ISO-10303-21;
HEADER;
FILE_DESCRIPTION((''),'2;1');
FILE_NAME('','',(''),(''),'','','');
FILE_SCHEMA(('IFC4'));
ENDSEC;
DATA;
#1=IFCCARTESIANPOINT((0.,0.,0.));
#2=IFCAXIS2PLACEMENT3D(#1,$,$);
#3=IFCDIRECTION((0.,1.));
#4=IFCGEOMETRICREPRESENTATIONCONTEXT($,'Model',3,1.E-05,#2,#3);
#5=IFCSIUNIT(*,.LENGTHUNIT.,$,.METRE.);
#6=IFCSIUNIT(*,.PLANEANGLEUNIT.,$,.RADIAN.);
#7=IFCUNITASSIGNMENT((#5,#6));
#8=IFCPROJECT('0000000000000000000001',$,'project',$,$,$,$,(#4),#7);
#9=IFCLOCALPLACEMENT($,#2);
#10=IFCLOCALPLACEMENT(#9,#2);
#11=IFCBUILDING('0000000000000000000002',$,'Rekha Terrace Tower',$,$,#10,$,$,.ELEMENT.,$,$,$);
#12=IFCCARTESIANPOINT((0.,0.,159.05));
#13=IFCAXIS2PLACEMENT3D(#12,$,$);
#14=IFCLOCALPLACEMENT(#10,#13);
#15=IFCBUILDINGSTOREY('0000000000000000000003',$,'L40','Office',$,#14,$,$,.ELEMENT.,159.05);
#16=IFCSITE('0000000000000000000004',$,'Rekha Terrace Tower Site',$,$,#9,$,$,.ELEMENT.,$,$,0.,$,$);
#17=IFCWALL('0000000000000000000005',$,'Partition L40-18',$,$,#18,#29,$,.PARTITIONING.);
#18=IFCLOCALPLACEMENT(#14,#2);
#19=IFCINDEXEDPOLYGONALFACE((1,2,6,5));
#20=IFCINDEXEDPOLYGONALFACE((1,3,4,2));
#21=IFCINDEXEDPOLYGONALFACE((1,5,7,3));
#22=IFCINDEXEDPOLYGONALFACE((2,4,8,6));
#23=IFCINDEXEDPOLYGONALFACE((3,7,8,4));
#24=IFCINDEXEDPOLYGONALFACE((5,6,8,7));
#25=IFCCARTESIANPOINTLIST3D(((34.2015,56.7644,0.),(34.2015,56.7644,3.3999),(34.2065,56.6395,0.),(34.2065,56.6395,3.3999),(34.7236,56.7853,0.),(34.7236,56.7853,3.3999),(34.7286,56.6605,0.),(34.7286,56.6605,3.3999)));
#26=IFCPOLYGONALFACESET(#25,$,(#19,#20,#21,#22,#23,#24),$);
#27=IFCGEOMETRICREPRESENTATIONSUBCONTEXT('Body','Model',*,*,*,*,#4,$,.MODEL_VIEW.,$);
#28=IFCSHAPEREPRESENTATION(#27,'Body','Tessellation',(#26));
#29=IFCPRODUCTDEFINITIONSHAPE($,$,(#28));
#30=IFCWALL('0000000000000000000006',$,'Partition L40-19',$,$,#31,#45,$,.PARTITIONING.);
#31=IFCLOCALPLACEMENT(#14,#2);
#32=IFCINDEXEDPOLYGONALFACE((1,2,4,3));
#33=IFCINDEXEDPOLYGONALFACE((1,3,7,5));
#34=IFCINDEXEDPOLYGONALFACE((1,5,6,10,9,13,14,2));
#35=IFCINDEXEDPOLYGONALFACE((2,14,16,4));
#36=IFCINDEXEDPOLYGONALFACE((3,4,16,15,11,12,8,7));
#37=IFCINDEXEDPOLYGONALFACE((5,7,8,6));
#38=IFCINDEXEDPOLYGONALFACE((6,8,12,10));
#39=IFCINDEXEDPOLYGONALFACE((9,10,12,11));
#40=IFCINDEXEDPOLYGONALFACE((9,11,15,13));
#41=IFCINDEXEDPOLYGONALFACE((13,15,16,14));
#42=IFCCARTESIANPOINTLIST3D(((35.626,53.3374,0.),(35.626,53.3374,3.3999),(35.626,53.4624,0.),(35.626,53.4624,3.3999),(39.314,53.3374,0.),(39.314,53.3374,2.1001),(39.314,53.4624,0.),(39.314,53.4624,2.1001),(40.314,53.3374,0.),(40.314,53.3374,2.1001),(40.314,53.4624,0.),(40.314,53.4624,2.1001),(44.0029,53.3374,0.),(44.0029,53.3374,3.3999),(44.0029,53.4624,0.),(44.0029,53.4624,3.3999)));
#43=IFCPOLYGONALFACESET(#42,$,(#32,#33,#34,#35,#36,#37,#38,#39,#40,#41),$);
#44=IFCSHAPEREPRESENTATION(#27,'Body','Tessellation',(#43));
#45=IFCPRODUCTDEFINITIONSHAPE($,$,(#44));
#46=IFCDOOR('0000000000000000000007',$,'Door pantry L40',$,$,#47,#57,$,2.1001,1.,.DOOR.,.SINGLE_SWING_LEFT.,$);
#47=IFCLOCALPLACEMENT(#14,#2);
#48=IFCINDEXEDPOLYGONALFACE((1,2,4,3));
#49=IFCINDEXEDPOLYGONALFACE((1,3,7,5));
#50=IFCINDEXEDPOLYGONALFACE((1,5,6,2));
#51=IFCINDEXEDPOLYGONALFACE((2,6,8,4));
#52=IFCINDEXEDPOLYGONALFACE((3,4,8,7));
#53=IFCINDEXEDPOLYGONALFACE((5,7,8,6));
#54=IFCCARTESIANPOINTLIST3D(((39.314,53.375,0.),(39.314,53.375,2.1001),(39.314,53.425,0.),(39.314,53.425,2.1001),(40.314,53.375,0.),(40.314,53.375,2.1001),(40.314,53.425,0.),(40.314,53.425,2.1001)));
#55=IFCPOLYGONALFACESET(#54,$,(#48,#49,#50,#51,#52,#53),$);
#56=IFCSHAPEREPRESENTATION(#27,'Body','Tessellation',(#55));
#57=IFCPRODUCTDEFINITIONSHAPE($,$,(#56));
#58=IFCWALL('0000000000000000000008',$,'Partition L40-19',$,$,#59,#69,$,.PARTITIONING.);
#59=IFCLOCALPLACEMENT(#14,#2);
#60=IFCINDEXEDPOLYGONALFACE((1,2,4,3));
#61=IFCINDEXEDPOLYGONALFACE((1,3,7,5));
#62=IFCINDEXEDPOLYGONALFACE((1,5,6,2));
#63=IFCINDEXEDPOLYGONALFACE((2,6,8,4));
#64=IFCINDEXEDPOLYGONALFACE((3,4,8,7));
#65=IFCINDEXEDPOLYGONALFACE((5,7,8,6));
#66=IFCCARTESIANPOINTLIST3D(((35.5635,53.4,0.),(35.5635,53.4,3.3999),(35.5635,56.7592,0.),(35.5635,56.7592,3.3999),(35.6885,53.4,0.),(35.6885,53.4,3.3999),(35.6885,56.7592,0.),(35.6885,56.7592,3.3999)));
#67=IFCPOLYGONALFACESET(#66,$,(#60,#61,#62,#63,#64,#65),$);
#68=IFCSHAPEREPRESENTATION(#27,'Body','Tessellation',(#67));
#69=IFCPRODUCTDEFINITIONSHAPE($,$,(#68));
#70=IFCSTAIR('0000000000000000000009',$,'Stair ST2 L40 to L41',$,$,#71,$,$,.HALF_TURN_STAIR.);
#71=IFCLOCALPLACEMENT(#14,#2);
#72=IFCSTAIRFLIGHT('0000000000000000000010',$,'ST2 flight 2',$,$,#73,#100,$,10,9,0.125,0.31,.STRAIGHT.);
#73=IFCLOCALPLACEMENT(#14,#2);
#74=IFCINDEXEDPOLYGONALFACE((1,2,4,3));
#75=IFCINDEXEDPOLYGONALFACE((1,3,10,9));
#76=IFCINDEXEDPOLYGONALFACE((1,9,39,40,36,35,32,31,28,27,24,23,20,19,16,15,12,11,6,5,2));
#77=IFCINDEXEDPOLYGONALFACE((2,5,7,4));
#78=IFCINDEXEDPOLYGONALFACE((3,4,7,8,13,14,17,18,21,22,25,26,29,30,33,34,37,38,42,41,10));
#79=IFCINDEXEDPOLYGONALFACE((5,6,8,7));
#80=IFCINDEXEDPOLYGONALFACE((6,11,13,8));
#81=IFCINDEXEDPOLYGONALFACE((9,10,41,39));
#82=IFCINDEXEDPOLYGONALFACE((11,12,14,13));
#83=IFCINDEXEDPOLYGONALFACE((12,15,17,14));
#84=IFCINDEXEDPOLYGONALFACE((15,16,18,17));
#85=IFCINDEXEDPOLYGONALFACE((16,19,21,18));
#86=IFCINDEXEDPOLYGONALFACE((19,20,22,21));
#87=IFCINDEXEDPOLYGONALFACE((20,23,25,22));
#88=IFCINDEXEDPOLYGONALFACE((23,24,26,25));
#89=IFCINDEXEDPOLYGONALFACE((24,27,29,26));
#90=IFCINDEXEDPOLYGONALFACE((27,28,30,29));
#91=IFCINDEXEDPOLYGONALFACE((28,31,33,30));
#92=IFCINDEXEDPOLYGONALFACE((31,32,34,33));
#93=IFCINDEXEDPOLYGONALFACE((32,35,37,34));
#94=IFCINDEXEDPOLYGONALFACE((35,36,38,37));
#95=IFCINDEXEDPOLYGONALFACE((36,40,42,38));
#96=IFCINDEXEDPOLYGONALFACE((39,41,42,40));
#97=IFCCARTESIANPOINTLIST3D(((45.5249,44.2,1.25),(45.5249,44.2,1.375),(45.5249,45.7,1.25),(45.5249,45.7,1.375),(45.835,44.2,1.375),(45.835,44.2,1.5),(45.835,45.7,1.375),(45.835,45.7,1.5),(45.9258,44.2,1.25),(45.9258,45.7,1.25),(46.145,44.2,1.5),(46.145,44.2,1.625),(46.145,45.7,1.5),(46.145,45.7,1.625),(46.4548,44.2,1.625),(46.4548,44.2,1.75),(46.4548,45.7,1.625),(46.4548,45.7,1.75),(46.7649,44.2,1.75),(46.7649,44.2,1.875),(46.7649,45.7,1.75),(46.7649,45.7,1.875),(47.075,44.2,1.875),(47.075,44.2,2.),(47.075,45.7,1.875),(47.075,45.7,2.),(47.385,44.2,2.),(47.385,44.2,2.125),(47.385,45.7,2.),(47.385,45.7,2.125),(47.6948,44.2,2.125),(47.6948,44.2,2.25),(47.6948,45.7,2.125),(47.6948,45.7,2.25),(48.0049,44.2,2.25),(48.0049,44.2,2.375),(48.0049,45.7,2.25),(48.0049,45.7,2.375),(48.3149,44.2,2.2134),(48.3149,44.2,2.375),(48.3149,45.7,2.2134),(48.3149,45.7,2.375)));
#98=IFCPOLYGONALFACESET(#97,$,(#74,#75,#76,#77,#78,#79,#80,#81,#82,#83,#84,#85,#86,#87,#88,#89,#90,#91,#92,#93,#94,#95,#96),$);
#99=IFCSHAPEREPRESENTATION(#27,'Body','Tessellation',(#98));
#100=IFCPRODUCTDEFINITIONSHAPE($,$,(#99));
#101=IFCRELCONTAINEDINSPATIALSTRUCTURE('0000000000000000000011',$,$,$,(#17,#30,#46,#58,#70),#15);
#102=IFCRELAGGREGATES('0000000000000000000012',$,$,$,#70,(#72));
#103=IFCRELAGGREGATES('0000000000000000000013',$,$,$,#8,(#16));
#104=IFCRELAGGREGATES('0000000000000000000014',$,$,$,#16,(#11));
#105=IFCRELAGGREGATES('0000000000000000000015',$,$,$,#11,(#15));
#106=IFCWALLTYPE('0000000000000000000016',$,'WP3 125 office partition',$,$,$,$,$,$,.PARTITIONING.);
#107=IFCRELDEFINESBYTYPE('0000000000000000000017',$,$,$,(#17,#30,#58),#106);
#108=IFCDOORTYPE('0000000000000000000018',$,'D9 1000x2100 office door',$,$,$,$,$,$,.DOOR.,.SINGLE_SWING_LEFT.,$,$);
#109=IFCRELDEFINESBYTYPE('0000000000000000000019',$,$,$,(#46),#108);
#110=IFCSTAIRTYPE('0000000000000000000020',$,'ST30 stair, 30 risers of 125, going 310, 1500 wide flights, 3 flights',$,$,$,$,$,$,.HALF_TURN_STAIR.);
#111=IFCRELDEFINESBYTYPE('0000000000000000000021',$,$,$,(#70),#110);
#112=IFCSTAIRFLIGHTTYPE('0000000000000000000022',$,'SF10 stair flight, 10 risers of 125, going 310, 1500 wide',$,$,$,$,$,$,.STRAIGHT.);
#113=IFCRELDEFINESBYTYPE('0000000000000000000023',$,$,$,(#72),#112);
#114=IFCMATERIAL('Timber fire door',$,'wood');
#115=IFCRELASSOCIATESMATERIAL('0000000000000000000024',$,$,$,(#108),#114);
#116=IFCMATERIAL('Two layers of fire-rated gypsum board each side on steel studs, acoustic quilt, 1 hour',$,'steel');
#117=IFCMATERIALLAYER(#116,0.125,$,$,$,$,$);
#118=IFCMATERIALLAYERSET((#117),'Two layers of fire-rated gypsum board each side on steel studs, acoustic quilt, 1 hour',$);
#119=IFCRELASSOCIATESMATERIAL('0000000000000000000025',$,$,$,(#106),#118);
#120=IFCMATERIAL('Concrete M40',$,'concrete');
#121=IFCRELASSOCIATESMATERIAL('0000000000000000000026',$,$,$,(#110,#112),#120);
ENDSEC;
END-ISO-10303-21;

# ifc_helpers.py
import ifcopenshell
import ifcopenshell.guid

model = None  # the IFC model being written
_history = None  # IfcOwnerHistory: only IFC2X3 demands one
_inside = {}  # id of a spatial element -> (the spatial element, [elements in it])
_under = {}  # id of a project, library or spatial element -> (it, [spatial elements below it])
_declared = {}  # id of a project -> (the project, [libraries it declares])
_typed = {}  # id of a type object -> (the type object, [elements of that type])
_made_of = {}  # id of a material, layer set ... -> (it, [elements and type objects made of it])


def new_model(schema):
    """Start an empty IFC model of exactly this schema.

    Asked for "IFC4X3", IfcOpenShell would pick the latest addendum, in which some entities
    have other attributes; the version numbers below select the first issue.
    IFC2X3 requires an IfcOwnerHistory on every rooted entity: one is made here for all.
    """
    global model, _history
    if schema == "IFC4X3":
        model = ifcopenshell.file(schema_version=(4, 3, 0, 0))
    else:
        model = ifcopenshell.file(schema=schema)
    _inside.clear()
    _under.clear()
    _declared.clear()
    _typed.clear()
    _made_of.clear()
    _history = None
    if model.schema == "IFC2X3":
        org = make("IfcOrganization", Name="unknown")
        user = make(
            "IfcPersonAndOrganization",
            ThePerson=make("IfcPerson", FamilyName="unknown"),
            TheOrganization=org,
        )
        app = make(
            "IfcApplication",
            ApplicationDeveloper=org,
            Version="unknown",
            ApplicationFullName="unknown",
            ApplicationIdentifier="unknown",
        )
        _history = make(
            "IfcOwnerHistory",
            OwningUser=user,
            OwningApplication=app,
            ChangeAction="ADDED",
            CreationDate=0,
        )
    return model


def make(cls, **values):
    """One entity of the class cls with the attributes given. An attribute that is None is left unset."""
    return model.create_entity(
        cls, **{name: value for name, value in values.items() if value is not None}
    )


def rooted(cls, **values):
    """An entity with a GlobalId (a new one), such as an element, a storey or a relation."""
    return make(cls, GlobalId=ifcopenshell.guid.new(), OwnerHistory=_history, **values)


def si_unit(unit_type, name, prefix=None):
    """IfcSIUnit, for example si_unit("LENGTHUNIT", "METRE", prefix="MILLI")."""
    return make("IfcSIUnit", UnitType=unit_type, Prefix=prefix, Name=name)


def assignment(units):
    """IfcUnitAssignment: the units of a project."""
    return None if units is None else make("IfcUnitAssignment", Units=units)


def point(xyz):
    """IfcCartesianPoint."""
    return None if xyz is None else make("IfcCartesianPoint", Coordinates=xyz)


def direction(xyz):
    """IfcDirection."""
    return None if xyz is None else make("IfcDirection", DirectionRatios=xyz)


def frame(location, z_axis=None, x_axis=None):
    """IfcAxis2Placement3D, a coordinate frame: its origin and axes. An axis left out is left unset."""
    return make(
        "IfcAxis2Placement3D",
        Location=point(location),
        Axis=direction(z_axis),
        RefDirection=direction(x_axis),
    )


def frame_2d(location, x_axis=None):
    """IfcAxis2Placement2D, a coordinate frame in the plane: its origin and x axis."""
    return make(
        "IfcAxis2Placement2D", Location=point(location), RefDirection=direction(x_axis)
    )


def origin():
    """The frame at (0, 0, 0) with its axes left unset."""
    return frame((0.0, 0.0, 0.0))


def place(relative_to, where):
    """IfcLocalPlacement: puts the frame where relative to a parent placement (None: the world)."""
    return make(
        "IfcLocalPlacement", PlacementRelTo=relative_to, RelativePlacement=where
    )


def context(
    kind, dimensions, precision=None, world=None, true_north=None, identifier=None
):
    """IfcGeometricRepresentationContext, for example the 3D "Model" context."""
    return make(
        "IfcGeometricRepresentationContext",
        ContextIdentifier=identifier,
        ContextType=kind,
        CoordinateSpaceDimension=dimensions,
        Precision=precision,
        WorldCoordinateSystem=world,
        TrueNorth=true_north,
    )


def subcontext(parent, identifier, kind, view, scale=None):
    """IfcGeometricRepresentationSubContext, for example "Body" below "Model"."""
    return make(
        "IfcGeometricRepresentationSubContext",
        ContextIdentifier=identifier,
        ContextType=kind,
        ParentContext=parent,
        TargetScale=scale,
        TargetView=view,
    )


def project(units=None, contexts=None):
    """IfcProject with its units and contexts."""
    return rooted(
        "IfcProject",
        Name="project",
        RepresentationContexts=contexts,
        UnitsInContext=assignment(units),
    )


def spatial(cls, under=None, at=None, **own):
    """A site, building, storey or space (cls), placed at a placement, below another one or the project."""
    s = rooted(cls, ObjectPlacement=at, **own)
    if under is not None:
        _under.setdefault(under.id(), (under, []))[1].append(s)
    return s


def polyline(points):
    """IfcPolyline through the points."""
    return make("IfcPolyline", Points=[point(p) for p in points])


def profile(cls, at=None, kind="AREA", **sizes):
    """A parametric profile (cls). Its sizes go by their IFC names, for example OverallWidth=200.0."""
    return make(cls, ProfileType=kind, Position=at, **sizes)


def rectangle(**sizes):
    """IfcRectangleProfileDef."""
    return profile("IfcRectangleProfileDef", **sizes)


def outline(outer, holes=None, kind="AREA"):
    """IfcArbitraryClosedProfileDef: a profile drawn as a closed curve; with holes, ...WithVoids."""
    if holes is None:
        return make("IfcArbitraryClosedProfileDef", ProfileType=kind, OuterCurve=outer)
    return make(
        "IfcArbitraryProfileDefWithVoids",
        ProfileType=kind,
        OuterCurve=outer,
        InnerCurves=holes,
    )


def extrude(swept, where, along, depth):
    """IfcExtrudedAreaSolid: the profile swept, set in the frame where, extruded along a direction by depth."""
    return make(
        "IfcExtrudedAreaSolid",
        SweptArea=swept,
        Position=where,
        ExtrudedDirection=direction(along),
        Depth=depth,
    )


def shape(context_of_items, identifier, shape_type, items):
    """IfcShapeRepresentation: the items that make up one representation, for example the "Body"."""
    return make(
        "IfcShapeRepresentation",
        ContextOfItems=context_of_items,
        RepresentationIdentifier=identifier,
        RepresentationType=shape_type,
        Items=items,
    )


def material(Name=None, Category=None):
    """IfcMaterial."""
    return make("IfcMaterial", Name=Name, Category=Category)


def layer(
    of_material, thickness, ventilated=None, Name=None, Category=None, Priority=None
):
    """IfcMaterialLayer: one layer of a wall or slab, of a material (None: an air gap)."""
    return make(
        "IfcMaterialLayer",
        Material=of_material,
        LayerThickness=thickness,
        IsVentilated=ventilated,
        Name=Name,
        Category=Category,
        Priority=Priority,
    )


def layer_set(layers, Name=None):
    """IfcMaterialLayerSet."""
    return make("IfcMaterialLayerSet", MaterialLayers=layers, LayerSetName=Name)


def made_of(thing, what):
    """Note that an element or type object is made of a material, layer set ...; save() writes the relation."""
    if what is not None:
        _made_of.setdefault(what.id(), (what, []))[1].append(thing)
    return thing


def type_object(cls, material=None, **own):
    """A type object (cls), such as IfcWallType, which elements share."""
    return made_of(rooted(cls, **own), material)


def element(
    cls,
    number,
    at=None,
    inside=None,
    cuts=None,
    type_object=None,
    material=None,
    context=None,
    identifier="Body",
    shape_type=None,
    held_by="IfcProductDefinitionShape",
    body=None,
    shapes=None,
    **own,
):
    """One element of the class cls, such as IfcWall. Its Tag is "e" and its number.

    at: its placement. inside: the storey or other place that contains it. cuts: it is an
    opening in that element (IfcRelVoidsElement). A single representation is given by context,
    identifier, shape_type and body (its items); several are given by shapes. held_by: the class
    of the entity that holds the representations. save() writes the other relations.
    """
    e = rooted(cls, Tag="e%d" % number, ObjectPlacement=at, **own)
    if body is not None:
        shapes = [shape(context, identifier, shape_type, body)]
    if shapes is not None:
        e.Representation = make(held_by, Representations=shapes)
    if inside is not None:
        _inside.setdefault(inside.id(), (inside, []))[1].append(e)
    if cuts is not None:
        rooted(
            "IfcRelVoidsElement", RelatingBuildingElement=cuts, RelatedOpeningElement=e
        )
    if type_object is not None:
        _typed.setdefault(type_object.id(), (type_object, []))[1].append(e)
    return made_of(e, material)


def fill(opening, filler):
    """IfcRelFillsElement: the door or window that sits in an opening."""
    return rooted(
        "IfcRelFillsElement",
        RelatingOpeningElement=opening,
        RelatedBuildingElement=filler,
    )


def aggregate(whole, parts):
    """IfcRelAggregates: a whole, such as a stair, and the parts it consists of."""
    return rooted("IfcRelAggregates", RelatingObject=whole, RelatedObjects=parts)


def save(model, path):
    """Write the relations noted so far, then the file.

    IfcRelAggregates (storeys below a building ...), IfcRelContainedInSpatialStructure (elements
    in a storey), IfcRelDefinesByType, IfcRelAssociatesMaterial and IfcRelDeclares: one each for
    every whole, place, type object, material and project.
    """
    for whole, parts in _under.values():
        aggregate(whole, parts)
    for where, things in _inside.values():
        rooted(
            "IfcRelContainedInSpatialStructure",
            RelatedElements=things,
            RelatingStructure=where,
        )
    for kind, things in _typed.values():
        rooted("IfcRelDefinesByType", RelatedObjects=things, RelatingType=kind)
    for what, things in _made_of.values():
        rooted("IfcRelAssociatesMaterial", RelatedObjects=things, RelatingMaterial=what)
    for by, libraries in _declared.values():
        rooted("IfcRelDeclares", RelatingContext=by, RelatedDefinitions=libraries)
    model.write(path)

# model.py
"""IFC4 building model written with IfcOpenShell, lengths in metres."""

from ifc_helpers import new_model, si_unit, direction, frame, frame_2d, origin, place, context, subcontext, project, spatial, polyline, rectangle, outline, extrude, material, layer, layer_set, type_object, element, fill, aggregate, save


model = new_model("IFC4")

# Units and contexts
model_context = context("Model", 3, precision=1e-05, world=origin(), true_north=direction((0.0, 1.0)))
body_context = subcontext(model_context, "Body", "Model", "MODEL_VIEW")
ifc_project = project(units=[si_unit("LENGTHUNIT", "METRE"), si_unit("PLANEANGLEUNIT", "RADIAN")], contexts=[model_context])

# Site, building, storey
site_placement = place(None, origin())
site = spatial("IfcSite", under=ifc_project, at=site_placement, Name="Rekha Terrace Tower Site", CompositionType="ELEMENT", RefElevation=0.0)
building_placement = place(site_placement, origin())
building = spatial("IfcBuilding", under=site, at=building_placement, Name="Rekha Terrace Tower", CompositionType="ELEMENT")
storey_placement = place(building_placement, frame((0.0, 0.0, 159.05)))
storey = spatial("IfcBuildingStorey", under=building, at=storey_placement, Name="L40", Description="Office", CompositionType="ELEMENT", Elevation=159.05)

# Shared definitions
ifc_material_1 = material(Name="Timber fire door", Category="wood")
door_type_1 = type_object("IfcDoorType", Name="D9 1000x2100 office door", OperationType="SINGLE_SWING_LEFT", PredefinedType="DOOR", material=ifc_material_1)

# Wall
ifc_material_2 = material(Name="Two layers of fire-rated gypsum board each side on steel studs, acoustic quilt, 1 hour", Category="steel")
ifc_layer_1 = layer(ifc_material_2, 0.125)
ifc_layer_set_1 = layer_set([ifc_layer_1], Name="Two layers of fire-rated gypsum board each side on steel studs, acoustic quilt, 1 hour")
wall_type_1 = type_object("IfcWallType", Name="WP3 125 office partition", PredefinedType="PARTITIONING", material=ifc_layer_set_1)
wall_1_placement = place(storey_placement, frame((34.7261, 56.7229, 0.0), z_axis=(0.0, 0.0, 1.0), x_axis=(-0.999192, -0.040192, 0.0)))
element("IfcWall", 1, at=wall_1_placement, inside=storey, type_object=wall_type_1, Name="Partition L40-18", PredefinedType="PARTITIONING", context=body_context, shape_type="SweptSolid", body=[
    extrude(rectangle(XDim=0.5225, YDim=0.125, at=frame_2d((0.2612, 0.0))), origin(), (0.0, 0.0, 1.0), 3.3999),
])

# Wall, opening, door
wall_2_placement = place(storey_placement, frame((44.0029, 53.3999, 0.0), z_axis=(0.0, 0.0, 1.0), x_axis=(-1.0, 0.0, 0.0)))
wall_2 = element("IfcWall", 2, at=wall_2_placement, inside=storey, type_object=wall_type_1, Name="Partition L40-19", PredefinedType="PARTITIONING", context=body_context, shape_type="SweptSolid", body=[
    extrude(rectangle(XDim=8.377, YDim=0.125, at=frame_2d((4.1885, 0.0))), origin(), (0.0, 0.0, 1.0), 3.3999),
])
opening_1_placement = place(wall_2_placement, frame((3.689, 0.0, 0.0)))
opening_1 = element("IfcOpeningElement", 3, at=opening_1_placement, cuts=wall_2, PredefinedType="OPENING", context=body_context, shape_type="SweptSolid", body=[
    extrude(rectangle(XDim=1.0, YDim=2.1001, at=frame_2d((0.5, 1.05))), frame((0.0, 0.0725, 0.0), z_axis=(0.0, -1.0, 0.0), x_axis=(1.0, 0.0, 0.0)), (0.0, 0.0, 1.0), 0.145),
])
door_1_placement = place(opening_1_placement, origin())
door_1 = element("IfcDoor", 4, at=door_1_placement, inside=storey, type_object=door_type_1, Name="Door pantry L40", OperationType="SINGLE_SWING_LEFT", OverallHeight=2.1001, OverallWidth=1.0, PredefinedType="DOOR", context=body_context, shape_type="SweptSolid", body=[
    extrude(rectangle(XDim=1.0, YDim=2.1001, at=frame_2d((0.5, 1.05))), frame((0.0, 0.0249, 0.0), z_axis=(0.0, -1.0, 0.0), x_axis=(1.0, 0.0, 0.0)), (0.0, 0.0, 1.0), 0.05),
])
fill(opening_1, door_1)

# Wall
wall_3_placement = place(storey_placement, frame((35.626, 53.3999, 0.0), z_axis=(0.0, 0.0, 1.0), x_axis=(0.0, 1.0, 0.0)))
element("IfcWall", 5, at=wall_3_placement, inside=storey, type_object=wall_type_1, Name="Partition L40-19", PredefinedType="PARTITIONING", context=body_context, shape_type="SweptSolid", body=[
    extrude(rectangle(XDim=3.3591, YDim=0.125, at=frame_2d((1.6797, 0.0))), origin(), (0.0, 0.0, 1.0), 3.3999),
])

# Stair, stair flight
ifc_material_3 = material(Name="Concrete M40", Category="concrete")
stair_type = type_object("IfcStairType", Name="ST30 stair, 30 risers of 125, going 310, 1500 wide flights, 3 flights", PredefinedType="HALF_TURN_STAIR", material=ifc_material_3)
stair_placement = place(storey_placement, origin())
stair = element("IfcStair", 6, at=stair_placement, inside=storey, type_object=stair_type, Name="Stair ST2 L40 to L41", PredefinedType="HALF_TURN_STAIR")
stair_flight_type = type_object("IfcStairFlightType", Name="SF10 stair flight, 10 risers of 125, going 310, 1500 wide", PredefinedType="STRAIGHT", material=ifc_material_3)
stair_flight_placement = place(storey_placement, frame((45.5249, 44.95, 1.25), z_axis=(0.0, 0.0, 1.0), x_axis=(1.0, 0.0, 0.0)))
stair_flight = element("IfcStairFlight", 7, at=stair_flight_placement, type_object=stair_flight_type, Name="ST2 flight 2", NumberOfRisers=10, NumberOfTreads=9, PredefinedType="STRAIGHT", RiserHeight=0.125, TreadLength=0.31, context=body_context, shape_type="SweptSolid", body=[
    extrude(outline(polyline([(0.0, 0.0), (0.0, 0.125), (0.3101, 0.125), (0.3101, 0.25), (0.6201, 0.25), (0.6201, 0.375), (0.9299, 0.375), (0.9299, 0.5), (1.24, 0.5), (1.24, 0.625), (1.55, 0.625), (1.55, 0.75), (1.8601, 0.75), (1.8601, 0.875), (2.1699, 0.875), (2.1699, 1.0), (2.48, 1.0), (2.48, 1.125), (2.79, 1.125), (2.79, 1.25), (2.79, 0.9634), (0.4009, 0.0), (0.0, 0.0)])), frame((0.0, 0.75, 0.0), z_axis=(0.0, -1.0, 0.0), x_axis=(1.0, 0.0, 0.0)), (0.0, 0.0, 1.0), 1.5),
])
aggregate(stair, [stair_flight])

save(model, "model.ifc")
